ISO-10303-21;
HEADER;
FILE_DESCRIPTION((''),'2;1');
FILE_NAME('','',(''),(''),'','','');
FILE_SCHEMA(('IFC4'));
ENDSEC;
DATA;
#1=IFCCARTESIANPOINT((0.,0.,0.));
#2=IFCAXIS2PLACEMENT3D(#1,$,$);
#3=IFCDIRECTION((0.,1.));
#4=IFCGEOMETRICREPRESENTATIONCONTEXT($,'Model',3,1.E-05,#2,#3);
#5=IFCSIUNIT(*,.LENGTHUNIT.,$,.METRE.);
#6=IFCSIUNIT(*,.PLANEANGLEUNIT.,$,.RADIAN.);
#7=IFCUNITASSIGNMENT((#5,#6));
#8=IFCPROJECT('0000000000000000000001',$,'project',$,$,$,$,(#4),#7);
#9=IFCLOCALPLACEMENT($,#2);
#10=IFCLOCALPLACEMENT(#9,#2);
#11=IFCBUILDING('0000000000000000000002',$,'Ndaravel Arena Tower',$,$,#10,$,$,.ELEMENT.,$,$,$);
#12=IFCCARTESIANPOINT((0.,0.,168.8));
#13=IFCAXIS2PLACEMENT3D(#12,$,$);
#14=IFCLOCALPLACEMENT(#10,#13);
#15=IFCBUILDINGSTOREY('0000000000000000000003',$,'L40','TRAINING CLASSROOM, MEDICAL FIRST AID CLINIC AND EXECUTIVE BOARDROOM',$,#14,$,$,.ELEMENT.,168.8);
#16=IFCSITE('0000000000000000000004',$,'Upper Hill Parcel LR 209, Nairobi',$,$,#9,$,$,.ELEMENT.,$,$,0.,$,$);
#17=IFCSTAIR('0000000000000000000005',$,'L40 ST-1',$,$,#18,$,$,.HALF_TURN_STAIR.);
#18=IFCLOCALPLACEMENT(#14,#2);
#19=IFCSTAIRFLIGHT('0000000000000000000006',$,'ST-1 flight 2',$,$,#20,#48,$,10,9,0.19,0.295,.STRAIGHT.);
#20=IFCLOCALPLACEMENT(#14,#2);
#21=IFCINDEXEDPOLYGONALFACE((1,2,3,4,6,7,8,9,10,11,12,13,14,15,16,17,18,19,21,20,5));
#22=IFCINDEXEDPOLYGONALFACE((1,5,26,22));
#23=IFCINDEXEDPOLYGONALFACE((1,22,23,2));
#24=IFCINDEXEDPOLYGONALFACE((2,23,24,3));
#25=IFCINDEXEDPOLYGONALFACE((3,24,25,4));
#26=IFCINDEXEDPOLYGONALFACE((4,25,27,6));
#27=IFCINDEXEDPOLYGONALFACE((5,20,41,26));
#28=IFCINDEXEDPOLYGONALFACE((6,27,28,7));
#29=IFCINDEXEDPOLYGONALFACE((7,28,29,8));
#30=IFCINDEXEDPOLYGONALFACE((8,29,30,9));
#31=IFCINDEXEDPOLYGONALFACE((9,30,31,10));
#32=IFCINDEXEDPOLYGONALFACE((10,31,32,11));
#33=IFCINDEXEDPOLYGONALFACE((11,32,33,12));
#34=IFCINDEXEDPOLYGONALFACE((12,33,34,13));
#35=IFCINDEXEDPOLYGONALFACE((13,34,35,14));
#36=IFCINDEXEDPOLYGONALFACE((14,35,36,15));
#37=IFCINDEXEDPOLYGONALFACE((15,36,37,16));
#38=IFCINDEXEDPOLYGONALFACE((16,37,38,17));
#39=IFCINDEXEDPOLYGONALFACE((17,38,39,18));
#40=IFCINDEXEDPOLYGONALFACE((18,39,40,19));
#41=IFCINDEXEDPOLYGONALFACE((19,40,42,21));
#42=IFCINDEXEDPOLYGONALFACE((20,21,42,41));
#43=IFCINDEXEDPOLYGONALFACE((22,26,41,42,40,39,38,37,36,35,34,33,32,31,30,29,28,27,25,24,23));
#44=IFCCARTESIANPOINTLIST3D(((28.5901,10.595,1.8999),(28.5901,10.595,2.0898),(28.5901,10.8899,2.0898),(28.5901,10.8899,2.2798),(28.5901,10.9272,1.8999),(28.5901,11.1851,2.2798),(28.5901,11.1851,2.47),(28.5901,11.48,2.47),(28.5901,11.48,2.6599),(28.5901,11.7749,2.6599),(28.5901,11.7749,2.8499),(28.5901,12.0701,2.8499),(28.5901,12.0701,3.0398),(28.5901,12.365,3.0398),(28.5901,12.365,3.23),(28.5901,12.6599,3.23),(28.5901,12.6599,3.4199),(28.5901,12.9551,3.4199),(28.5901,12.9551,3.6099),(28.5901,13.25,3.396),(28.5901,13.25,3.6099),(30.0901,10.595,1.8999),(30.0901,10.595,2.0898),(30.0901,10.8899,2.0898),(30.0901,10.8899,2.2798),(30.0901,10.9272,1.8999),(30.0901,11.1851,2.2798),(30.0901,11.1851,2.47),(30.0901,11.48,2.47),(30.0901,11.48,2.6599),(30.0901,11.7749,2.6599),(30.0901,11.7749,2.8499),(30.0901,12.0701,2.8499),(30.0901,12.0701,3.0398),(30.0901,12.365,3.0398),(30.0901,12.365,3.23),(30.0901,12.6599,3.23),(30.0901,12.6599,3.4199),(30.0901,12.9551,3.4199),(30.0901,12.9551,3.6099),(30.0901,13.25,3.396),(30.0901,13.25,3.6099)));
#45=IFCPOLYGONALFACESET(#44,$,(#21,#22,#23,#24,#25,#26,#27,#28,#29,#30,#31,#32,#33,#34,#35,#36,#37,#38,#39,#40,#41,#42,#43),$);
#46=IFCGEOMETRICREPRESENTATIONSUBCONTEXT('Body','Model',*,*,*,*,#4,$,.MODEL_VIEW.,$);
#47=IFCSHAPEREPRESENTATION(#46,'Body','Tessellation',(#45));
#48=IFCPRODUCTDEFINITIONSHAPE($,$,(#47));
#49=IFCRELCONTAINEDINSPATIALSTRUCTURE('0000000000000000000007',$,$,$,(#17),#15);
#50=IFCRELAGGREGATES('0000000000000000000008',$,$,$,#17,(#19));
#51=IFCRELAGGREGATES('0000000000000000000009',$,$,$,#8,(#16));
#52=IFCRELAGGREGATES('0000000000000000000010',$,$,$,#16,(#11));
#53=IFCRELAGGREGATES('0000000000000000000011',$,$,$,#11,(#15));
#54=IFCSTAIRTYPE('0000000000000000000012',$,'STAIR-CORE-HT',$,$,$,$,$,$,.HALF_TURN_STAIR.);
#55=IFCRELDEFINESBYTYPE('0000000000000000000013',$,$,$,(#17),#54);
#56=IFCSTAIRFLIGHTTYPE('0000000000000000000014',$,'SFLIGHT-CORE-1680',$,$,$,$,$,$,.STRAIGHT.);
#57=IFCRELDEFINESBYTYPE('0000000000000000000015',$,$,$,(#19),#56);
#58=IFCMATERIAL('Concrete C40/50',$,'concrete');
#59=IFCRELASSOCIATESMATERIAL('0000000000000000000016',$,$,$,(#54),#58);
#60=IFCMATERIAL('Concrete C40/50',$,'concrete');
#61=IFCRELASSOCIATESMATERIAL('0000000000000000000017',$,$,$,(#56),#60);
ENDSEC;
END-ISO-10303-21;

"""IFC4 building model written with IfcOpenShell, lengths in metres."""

from ifc_helpers import new_model, si_unit, direction, frame, origin, place, context, subcontext, project, spatial, polyline, outline, extrude, material, type_object, element, aggregate, save


model = new_model("IFC4")

# Units and contexts
model_context = context("Model", 3, precision=1e-05, world=origin(), true_north=direction((0.0, 1.0)))
body_context = subcontext(model_context, "Body", "Model", "MODEL_VIEW")
ifc_project = project(units=[si_unit("LENGTHUNIT", "METRE"), si_unit("PLANEANGLEUNIT", "RADIAN")], contexts=[model_context])

# Site, building, storey
site_placement = place(None, origin())
site = spatial("IfcSite", under=ifc_project, at=site_placement, Name="Upper Hill Parcel LR 209, Nairobi", CompositionType="ELEMENT", RefElevation=0.0)
building_placement = place(site_placement, origin())
building = spatial("IfcBuilding", under=site, at=building_placement, Name="Ndaravel Arena Tower", CompositionType="ELEMENT")
storey_placement = place(building_placement, frame((0.0, 0.0, 168.8)))
storey = spatial("IfcBuildingStorey", under=building, at=storey_placement, Name="L40", Description="TRAINING CLASSROOM, MEDICAL FIRST AID CLINIC AND EXECUTIVE BOARDROOM", CompositionType="ELEMENT", Elevation=168.8)

# Stair, stair flight
ifc_material_1 = material(Name="Concrete C40/50", Category="concrete")
stair_type = type_object("IfcStairType", Name="STAIR-CORE-HT", PredefinedType="HALF_TURN_STAIR", material=ifc_material_1)
stair_placement = place(storey_placement, origin())
stair = element("IfcStair", 1, at=stair_placement, inside=storey, type_object=stair_type, Name="L40 ST-1", PredefinedType="HALF_TURN_STAIR")
ifc_material_2 = material(Name="Concrete C40/50", Category="concrete")
stair_flight_type = type_object("IfcStairFlightType", Name="SFLIGHT-CORE-1680", PredefinedType="STRAIGHT", material=ifc_material_2)
stair_flight_placement = place(storey_placement, frame((29.3401, 10.595, 1.8999), z_axis=(0.0, 0.0, 1.0), x_axis=(0.0, 1.0, 0.0)))
stair_flight = element("IfcStairFlight", 2, at=stair_flight_placement, type_object=stair_flight_type, Name="ST-1 flight 2", NumberOfRisers=10, NumberOfTreads=9, PredefinedType="STRAIGHT", RiserHeight=0.19, TreadLength=0.295, context=body_context, shape_type="SweptSolid", body=[
    extrude(outline(polyline([(0.0, 0.0), (0.0, 0.1899), (0.2949, 0.1899), (0.2949, 0.3799), (0.5901, 0.3799), (0.5901, 0.5701), (0.885, 0.5701), (0.885, 0.76), (1.1799, 0.76), (1.1799, 0.95), (1.4751, 0.95), (1.4751, 1.1399), (1.77, 1.1399), (1.77, 1.3301), (2.0649, 1.3301), (2.0649, 1.52), (2.3601, 1.52), (2.3601, 1.71), (2.655, 1.71), (2.655, 1.8999), (2.655, 1.4961), (0.3323, 0.0), (0.0, 0.0)])), frame((0.0, 0.75, 0.0), z_axis=(0.0, -1.0, 0.0), x_axis=(1.0, 0.0, 0.0)), (0.0, 0.0, 1.0), 1.5),
])
aggregate(stair, [stair_flight])

save(model, "model.ifc")
